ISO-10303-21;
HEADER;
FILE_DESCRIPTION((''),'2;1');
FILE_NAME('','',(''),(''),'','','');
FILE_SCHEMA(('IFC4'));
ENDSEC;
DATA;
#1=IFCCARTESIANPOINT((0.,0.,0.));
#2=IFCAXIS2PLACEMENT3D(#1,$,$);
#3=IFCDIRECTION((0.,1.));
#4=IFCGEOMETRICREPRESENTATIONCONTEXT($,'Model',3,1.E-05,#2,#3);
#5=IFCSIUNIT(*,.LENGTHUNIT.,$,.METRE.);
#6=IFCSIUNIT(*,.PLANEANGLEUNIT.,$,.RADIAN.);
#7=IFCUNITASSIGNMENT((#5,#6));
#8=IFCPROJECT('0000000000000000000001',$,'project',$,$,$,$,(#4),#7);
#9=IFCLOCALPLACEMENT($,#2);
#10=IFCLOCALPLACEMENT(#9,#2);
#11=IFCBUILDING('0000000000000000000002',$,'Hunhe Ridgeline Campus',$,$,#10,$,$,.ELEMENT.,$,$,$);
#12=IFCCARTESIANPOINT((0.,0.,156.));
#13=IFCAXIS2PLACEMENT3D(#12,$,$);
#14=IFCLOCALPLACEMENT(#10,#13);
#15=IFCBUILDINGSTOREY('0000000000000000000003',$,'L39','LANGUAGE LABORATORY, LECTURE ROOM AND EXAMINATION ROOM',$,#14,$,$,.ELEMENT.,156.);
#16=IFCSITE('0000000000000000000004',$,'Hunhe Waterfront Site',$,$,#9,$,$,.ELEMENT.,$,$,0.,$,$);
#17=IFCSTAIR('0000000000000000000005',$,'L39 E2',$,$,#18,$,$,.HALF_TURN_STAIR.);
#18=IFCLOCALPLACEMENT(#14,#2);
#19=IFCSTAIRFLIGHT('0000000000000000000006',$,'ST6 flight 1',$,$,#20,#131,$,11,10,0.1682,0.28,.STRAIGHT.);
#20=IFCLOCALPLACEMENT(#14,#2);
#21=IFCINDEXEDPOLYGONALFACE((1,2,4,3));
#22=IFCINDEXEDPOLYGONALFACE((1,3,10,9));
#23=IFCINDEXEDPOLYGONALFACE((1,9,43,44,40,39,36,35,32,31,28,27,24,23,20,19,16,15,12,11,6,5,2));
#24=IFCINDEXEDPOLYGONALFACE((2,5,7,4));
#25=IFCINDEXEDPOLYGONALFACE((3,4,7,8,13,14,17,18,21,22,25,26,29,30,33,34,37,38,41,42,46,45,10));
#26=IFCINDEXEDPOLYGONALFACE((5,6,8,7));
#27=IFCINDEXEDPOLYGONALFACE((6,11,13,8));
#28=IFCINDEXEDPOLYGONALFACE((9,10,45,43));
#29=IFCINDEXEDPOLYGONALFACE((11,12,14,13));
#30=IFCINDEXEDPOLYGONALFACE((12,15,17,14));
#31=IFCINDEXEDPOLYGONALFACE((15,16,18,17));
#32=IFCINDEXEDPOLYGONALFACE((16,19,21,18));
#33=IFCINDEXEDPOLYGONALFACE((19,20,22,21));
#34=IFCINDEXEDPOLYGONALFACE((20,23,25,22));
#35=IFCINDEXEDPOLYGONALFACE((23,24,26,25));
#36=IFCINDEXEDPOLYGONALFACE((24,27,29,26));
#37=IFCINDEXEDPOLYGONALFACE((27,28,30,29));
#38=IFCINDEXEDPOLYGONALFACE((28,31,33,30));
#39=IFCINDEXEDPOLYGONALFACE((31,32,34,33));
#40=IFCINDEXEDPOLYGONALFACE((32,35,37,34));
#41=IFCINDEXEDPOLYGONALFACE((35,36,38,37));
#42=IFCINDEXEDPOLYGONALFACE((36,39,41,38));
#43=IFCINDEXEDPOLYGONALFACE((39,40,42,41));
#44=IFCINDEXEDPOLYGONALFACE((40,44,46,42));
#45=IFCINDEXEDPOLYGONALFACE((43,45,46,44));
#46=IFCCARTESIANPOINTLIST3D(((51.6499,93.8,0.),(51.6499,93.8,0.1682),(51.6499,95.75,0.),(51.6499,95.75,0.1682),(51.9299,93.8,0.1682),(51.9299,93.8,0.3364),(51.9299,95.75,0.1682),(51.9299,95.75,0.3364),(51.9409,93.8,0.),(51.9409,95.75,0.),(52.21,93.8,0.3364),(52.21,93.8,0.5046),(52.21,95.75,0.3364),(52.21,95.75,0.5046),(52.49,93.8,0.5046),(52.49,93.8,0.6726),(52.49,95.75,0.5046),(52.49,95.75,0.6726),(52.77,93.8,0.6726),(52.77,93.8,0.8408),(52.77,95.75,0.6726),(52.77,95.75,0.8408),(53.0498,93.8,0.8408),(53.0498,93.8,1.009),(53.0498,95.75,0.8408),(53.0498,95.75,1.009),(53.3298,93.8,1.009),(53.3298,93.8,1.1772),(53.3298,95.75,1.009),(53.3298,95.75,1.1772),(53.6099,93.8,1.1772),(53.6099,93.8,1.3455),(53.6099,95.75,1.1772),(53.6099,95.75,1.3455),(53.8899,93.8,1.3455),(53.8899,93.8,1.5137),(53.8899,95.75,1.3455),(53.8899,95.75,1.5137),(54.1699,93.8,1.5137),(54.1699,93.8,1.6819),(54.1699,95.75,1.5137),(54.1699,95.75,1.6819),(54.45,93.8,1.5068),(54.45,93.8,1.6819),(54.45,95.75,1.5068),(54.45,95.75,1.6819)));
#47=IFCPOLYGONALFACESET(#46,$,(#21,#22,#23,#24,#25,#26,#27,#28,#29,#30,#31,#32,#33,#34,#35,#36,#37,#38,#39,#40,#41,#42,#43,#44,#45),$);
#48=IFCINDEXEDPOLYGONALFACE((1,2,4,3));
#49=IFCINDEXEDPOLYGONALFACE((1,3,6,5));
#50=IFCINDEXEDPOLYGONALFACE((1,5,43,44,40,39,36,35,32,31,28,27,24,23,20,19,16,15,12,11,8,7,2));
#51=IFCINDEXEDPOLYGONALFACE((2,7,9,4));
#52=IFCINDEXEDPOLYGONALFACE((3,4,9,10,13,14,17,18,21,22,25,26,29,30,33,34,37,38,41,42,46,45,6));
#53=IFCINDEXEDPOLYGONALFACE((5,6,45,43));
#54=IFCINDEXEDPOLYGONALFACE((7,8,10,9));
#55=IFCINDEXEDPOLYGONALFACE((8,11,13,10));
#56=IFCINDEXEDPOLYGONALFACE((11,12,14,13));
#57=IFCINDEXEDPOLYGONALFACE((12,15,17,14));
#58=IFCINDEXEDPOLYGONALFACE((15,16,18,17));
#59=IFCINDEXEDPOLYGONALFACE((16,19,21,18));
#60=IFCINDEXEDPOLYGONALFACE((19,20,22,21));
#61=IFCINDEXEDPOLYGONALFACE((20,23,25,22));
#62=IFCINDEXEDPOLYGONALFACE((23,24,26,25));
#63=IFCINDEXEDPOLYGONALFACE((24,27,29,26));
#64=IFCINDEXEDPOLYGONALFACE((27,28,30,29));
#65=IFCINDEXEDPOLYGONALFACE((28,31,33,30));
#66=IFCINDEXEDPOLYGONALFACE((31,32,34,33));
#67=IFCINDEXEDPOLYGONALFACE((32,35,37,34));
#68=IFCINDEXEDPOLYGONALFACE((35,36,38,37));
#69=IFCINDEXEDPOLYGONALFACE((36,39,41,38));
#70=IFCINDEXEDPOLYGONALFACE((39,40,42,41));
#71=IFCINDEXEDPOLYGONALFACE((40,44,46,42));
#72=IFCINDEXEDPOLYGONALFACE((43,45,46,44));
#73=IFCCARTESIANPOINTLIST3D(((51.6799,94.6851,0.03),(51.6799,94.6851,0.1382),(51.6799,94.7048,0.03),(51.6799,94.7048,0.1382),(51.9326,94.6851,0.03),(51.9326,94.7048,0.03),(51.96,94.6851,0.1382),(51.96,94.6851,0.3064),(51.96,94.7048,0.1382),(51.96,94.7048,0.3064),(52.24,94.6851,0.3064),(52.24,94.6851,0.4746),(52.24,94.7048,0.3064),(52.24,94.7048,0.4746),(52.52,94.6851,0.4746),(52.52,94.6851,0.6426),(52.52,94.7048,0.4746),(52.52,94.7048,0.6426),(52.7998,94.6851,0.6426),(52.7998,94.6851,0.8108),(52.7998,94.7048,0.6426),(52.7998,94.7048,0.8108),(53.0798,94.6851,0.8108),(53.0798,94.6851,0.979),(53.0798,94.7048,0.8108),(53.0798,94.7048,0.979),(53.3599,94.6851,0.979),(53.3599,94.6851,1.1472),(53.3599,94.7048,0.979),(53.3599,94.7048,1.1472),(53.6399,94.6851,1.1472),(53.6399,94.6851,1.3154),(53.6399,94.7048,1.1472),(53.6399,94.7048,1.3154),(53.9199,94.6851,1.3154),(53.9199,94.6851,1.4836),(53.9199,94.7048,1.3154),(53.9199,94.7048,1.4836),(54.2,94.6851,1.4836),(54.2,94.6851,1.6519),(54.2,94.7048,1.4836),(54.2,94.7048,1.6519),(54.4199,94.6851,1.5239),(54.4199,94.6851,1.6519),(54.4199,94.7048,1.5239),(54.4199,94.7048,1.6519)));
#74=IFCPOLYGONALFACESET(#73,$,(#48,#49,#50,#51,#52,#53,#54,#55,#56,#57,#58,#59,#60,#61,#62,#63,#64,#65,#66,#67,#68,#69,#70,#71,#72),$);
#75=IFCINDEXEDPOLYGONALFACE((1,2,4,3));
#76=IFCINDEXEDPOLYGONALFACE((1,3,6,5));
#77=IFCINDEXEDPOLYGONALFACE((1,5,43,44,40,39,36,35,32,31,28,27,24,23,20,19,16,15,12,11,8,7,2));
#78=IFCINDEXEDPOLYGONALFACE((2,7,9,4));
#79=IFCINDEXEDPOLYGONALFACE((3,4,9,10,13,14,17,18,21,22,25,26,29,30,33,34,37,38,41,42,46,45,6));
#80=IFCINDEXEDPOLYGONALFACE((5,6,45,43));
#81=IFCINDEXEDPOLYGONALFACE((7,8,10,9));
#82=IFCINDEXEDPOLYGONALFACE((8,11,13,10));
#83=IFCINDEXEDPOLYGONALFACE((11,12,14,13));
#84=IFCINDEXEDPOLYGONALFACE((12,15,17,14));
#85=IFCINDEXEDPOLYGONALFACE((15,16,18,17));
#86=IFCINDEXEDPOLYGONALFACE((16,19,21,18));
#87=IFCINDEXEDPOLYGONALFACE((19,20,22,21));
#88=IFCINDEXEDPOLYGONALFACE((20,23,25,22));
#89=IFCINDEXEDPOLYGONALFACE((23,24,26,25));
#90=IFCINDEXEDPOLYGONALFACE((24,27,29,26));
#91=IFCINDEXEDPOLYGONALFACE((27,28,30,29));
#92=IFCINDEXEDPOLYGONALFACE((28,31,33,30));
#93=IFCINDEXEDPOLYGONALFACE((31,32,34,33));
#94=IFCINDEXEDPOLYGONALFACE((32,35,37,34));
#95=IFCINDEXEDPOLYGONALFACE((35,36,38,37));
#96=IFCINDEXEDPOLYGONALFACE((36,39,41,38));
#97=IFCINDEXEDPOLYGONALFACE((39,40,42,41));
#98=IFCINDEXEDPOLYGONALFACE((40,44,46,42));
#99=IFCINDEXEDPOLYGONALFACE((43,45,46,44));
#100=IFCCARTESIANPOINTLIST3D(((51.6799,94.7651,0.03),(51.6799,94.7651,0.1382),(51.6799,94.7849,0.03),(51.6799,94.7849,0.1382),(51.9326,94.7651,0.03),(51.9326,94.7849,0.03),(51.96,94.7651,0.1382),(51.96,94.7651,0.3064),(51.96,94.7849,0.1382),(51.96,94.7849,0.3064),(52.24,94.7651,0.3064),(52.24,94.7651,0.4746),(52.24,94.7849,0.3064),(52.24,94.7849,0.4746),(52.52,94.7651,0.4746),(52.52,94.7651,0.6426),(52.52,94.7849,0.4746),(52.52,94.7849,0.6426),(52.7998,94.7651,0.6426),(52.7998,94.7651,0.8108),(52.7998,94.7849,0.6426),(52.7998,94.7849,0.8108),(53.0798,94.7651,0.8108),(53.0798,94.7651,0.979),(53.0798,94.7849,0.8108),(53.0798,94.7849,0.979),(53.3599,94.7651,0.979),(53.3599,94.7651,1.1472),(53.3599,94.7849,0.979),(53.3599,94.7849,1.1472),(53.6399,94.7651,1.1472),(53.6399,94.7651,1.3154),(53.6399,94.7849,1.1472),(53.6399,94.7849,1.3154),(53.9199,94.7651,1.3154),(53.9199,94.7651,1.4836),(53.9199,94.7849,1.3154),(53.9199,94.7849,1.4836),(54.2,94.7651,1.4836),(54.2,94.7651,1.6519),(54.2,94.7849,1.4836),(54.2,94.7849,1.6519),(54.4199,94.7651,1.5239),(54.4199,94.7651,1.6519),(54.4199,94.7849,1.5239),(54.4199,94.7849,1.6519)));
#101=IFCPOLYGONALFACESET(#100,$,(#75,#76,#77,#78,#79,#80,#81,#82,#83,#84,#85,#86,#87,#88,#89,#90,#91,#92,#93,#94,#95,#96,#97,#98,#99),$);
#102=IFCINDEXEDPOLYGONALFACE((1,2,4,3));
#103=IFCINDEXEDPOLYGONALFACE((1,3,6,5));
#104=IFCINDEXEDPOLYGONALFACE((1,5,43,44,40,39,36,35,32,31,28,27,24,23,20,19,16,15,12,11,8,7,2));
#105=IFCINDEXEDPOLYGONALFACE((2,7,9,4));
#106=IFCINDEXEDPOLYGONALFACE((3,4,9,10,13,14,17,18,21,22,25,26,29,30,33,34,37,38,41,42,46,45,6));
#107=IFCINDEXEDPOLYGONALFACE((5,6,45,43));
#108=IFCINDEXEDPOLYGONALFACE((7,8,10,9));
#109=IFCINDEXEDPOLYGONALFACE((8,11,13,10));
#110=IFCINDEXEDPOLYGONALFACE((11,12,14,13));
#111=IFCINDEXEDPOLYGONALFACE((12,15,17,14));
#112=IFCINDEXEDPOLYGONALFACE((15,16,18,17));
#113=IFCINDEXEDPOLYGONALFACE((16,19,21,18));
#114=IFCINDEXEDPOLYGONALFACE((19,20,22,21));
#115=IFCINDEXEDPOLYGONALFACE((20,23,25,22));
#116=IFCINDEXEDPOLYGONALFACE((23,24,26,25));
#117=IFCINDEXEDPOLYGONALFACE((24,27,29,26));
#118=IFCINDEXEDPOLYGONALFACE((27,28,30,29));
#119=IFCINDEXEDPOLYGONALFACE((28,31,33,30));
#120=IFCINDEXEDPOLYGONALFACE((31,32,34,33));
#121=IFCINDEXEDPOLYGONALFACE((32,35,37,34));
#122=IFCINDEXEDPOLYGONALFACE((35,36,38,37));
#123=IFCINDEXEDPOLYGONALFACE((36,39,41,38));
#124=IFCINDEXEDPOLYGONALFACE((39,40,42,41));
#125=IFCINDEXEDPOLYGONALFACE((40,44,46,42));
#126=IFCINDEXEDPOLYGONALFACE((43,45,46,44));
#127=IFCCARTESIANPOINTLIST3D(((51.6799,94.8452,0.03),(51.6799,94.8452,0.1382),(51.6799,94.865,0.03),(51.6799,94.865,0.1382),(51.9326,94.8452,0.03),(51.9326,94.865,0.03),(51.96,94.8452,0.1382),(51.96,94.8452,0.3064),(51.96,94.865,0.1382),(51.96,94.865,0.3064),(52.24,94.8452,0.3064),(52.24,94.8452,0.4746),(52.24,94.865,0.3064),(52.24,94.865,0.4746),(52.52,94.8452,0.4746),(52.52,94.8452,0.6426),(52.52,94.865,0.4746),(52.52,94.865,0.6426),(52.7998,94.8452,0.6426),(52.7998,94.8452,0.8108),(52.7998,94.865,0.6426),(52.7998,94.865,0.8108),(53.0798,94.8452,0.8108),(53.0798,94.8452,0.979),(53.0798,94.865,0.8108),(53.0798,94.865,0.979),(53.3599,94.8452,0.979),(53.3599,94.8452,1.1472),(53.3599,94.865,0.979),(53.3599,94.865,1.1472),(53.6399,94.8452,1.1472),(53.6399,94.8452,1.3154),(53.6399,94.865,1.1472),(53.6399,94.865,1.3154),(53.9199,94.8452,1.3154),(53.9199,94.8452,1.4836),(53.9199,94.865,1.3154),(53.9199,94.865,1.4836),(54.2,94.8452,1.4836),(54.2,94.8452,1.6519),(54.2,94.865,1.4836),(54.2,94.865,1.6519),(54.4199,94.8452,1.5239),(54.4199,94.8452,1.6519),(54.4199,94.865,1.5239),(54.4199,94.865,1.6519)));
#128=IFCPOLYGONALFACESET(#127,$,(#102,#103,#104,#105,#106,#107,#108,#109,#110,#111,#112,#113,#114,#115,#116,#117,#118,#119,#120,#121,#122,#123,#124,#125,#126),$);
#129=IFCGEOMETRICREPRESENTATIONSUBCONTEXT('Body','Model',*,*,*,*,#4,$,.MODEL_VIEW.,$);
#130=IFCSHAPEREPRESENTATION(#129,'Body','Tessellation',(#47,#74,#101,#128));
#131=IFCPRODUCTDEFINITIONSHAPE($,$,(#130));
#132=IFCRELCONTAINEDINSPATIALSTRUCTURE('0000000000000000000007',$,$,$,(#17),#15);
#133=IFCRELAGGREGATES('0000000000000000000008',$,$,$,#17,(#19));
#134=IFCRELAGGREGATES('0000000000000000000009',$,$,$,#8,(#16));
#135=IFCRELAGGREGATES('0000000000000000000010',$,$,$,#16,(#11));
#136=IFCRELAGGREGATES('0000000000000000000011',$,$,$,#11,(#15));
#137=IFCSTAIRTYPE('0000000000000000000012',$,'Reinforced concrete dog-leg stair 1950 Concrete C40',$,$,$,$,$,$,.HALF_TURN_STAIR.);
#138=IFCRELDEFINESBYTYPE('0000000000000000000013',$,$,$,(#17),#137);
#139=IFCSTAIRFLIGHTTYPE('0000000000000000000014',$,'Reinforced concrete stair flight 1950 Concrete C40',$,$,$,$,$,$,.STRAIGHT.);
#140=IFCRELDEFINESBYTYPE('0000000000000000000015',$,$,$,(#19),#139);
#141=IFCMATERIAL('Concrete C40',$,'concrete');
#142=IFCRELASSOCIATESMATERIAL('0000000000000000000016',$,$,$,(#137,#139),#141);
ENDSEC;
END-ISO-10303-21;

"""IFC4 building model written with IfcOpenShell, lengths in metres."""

from ifc_helpers import new_model, si_unit, direction, frame, origin, place, context, subcontext, project, spatial, polyline, outline, extrude, material, type_object, element, aggregate, save


model = new_model("IFC4")

# Units and contexts
model_context = context("Model", 3, precision=1e-05, world=origin(), true_north=direction((0.0, 1.0)))
body_context = subcontext(model_context, "Body", "Model", "MODEL_VIEW")
ifc_project = project(units=[si_unit("LENGTHUNIT", "METRE"), si_unit("PLANEANGLEUNIT", "RADIAN")], contexts=[model_context])

# Site, building, storey
site_placement = place(None, origin())
site = spatial("IfcSite", under=ifc_project, at=site_placement, Name="Hunhe Waterfront Site", CompositionType="ELEMENT", RefElevation=0.0)
building_placement = place(site_placement, origin())
building = spatial("IfcBuilding", under=site, at=building_placement, Name="Hunhe Ridgeline Campus", CompositionType="ELEMENT")
storey_placement = place(building_placement, frame((0.0, 0.0, 156.0)))
storey = spatial("IfcBuildingStorey", under=building, at=storey_placement, Name="L39", Description="LANGUAGE LABORATORY, LECTURE ROOM AND EXAMINATION ROOM", CompositionType="ELEMENT", Elevation=156.0)

# Shared definitions
ifc_material_1 = material(Name="Concrete C40", Category="concrete")
stair_type = type_object("IfcStairType", Name="Reinforced concrete dog-leg stair 1950 Concrete C40", PredefinedType="HALF_TURN_STAIR", material=ifc_material_1)
stair_flight_type = type_object("IfcStairFlightType", Name="Reinforced concrete stair flight 1950 Concrete C40", PredefinedType="STRAIGHT", material=ifc_material_1)

# Stair, stair flight
stair_1_placement = place(storey_placement, origin())
stair_1 = element("IfcStair", 1, at=stair_1_placement, inside=storey, type_object=stair_type, Name="L39 E2", PredefinedType="HALF_TURN_STAIR")
stair_flight_1_placement = place(storey_placement, frame((51.6499, 94.7749, 0.0), z_axis=(0.0, 0.0, 1.0), x_axis=(1.0, 0.0, 0.0)))
stair_flight_1 = element("IfcStairFlight", 2, at=stair_flight_1_placement, type_object=stair_flight_type, Name="ST6 flight 1", NumberOfRisers=11, NumberOfTreads=10, PredefinedType="STRAIGHT", RiserHeight=0.1682, TreadLength=0.28, context=body_context, shape_type="SweptSolid", body=[
    extrude(outline(polyline([(0.0, 0.0), (0.0, 0.1682), (0.28, 0.1682), (0.28, 0.3364), (0.5601, 0.3364), (0.5601, 0.5046), (0.8401, 0.5046), (0.8401, 0.6726), (1.1201, 0.6726), (1.1201, 0.8408), (1.3999, 0.8408), (1.3999, 1.009), (1.6799, 1.009), (1.6799, 1.1772), (1.96, 1.1772), (1.96, 1.3455), (2.24, 1.3455), (2.24, 1.5137), (2.52, 1.5137), (2.52, 1.6819), (2.8, 1.6819), (2.8, 1.8501), (2.8, 1.5068), (0.291, 0.0), (0.0, 0.0)])), frame((0.0, 0.9751, 0.0), z_axis=(0.0, -1.0, 0.0), x_axis=(1.0, 0.0, 0.0)), (0.0, 0.0, 1.0), 1.95),
    extrude(outline(polyline([(0.03, 0.03), (0.03, 0.1382), (0.3101, 0.1382), (0.3101, 0.3064), (0.5901, 0.3064), (0.5901, 0.4746), (0.8701, 0.4746), (0.8701, 0.6426), (1.1499, 0.6426), (1.1499, 0.8108), (1.4299, 0.8108), (1.4299, 0.979), (1.71, 0.979), (1.71, 1.1472), (1.99, 1.1472), (1.99, 1.3154), (2.27, 1.3154), (2.27, 1.4836), (2.55, 1.4836), (2.55, 1.6519), (2.77, 1.6519), (2.77, 1.5239), (0.2827, 0.03), (0.03, 0.03)])), frame((0.0, -0.0701, 0.0), z_axis=(0.0, -1.0, 0.0), x_axis=(1.0, 0.0, 0.0)), (0.0, 0.0, 1.0), 0.0198),
    extrude(outline(polyline([(0.03, 0.03), (0.03, 0.1382), (0.3101, 0.1382), (0.3101, 0.3064), (0.5901, 0.3064), (0.5901, 0.4746), (0.8701, 0.4746), (0.8701, 0.6426), (1.1499, 0.6426), (1.1499, 0.8108), (1.4299, 0.8108), (1.4299, 0.979), (1.71, 0.979), (1.71, 1.1472), (1.99, 1.1472), (1.99, 1.3154), (2.27, 1.3154), (2.27, 1.4836), (2.55, 1.4836), (2.55, 1.6519), (2.77, 1.6519), (2.77, 1.5239), (0.2827, 0.03), (0.03, 0.03)])), frame((0.0, 0.01, 0.0), z_axis=(0.0, -1.0, 0.0), x_axis=(1.0, 0.0, 0.0)), (0.0, 0.0, 1.0), 0.0198),
    extrude(outline(polyline([(0.03, 0.03), (0.03, 0.1382), (0.3101, 0.1382), (0.3101, 0.3064), (0.5901, 0.3064), (0.5901, 0.4746), (0.8701, 0.4746), (0.8701, 0.6426), (1.1499, 0.6426), (1.1499, 0.8108), (1.4299, 0.8108), (1.4299, 0.979), (1.71, 0.979), (1.71, 1.1472), (1.99, 1.1472), (1.99, 1.3154), (2.27, 1.3154), (2.27, 1.4836), (2.55, 1.4836), (2.55, 1.6519), (2.77, 1.6519), (2.77, 1.5239), (0.2827, 0.03), (0.03, 0.03)])), frame((0.0, 0.0901, 0.0), z_axis=(0.0, -1.0, 0.0), x_axis=(1.0, 0.0, 0.0)), (0.0, 0.0, 1.0), 0.0198),
])
aggregate(stair_1, [stair_flight_1])

save(model, "model.ifc")
